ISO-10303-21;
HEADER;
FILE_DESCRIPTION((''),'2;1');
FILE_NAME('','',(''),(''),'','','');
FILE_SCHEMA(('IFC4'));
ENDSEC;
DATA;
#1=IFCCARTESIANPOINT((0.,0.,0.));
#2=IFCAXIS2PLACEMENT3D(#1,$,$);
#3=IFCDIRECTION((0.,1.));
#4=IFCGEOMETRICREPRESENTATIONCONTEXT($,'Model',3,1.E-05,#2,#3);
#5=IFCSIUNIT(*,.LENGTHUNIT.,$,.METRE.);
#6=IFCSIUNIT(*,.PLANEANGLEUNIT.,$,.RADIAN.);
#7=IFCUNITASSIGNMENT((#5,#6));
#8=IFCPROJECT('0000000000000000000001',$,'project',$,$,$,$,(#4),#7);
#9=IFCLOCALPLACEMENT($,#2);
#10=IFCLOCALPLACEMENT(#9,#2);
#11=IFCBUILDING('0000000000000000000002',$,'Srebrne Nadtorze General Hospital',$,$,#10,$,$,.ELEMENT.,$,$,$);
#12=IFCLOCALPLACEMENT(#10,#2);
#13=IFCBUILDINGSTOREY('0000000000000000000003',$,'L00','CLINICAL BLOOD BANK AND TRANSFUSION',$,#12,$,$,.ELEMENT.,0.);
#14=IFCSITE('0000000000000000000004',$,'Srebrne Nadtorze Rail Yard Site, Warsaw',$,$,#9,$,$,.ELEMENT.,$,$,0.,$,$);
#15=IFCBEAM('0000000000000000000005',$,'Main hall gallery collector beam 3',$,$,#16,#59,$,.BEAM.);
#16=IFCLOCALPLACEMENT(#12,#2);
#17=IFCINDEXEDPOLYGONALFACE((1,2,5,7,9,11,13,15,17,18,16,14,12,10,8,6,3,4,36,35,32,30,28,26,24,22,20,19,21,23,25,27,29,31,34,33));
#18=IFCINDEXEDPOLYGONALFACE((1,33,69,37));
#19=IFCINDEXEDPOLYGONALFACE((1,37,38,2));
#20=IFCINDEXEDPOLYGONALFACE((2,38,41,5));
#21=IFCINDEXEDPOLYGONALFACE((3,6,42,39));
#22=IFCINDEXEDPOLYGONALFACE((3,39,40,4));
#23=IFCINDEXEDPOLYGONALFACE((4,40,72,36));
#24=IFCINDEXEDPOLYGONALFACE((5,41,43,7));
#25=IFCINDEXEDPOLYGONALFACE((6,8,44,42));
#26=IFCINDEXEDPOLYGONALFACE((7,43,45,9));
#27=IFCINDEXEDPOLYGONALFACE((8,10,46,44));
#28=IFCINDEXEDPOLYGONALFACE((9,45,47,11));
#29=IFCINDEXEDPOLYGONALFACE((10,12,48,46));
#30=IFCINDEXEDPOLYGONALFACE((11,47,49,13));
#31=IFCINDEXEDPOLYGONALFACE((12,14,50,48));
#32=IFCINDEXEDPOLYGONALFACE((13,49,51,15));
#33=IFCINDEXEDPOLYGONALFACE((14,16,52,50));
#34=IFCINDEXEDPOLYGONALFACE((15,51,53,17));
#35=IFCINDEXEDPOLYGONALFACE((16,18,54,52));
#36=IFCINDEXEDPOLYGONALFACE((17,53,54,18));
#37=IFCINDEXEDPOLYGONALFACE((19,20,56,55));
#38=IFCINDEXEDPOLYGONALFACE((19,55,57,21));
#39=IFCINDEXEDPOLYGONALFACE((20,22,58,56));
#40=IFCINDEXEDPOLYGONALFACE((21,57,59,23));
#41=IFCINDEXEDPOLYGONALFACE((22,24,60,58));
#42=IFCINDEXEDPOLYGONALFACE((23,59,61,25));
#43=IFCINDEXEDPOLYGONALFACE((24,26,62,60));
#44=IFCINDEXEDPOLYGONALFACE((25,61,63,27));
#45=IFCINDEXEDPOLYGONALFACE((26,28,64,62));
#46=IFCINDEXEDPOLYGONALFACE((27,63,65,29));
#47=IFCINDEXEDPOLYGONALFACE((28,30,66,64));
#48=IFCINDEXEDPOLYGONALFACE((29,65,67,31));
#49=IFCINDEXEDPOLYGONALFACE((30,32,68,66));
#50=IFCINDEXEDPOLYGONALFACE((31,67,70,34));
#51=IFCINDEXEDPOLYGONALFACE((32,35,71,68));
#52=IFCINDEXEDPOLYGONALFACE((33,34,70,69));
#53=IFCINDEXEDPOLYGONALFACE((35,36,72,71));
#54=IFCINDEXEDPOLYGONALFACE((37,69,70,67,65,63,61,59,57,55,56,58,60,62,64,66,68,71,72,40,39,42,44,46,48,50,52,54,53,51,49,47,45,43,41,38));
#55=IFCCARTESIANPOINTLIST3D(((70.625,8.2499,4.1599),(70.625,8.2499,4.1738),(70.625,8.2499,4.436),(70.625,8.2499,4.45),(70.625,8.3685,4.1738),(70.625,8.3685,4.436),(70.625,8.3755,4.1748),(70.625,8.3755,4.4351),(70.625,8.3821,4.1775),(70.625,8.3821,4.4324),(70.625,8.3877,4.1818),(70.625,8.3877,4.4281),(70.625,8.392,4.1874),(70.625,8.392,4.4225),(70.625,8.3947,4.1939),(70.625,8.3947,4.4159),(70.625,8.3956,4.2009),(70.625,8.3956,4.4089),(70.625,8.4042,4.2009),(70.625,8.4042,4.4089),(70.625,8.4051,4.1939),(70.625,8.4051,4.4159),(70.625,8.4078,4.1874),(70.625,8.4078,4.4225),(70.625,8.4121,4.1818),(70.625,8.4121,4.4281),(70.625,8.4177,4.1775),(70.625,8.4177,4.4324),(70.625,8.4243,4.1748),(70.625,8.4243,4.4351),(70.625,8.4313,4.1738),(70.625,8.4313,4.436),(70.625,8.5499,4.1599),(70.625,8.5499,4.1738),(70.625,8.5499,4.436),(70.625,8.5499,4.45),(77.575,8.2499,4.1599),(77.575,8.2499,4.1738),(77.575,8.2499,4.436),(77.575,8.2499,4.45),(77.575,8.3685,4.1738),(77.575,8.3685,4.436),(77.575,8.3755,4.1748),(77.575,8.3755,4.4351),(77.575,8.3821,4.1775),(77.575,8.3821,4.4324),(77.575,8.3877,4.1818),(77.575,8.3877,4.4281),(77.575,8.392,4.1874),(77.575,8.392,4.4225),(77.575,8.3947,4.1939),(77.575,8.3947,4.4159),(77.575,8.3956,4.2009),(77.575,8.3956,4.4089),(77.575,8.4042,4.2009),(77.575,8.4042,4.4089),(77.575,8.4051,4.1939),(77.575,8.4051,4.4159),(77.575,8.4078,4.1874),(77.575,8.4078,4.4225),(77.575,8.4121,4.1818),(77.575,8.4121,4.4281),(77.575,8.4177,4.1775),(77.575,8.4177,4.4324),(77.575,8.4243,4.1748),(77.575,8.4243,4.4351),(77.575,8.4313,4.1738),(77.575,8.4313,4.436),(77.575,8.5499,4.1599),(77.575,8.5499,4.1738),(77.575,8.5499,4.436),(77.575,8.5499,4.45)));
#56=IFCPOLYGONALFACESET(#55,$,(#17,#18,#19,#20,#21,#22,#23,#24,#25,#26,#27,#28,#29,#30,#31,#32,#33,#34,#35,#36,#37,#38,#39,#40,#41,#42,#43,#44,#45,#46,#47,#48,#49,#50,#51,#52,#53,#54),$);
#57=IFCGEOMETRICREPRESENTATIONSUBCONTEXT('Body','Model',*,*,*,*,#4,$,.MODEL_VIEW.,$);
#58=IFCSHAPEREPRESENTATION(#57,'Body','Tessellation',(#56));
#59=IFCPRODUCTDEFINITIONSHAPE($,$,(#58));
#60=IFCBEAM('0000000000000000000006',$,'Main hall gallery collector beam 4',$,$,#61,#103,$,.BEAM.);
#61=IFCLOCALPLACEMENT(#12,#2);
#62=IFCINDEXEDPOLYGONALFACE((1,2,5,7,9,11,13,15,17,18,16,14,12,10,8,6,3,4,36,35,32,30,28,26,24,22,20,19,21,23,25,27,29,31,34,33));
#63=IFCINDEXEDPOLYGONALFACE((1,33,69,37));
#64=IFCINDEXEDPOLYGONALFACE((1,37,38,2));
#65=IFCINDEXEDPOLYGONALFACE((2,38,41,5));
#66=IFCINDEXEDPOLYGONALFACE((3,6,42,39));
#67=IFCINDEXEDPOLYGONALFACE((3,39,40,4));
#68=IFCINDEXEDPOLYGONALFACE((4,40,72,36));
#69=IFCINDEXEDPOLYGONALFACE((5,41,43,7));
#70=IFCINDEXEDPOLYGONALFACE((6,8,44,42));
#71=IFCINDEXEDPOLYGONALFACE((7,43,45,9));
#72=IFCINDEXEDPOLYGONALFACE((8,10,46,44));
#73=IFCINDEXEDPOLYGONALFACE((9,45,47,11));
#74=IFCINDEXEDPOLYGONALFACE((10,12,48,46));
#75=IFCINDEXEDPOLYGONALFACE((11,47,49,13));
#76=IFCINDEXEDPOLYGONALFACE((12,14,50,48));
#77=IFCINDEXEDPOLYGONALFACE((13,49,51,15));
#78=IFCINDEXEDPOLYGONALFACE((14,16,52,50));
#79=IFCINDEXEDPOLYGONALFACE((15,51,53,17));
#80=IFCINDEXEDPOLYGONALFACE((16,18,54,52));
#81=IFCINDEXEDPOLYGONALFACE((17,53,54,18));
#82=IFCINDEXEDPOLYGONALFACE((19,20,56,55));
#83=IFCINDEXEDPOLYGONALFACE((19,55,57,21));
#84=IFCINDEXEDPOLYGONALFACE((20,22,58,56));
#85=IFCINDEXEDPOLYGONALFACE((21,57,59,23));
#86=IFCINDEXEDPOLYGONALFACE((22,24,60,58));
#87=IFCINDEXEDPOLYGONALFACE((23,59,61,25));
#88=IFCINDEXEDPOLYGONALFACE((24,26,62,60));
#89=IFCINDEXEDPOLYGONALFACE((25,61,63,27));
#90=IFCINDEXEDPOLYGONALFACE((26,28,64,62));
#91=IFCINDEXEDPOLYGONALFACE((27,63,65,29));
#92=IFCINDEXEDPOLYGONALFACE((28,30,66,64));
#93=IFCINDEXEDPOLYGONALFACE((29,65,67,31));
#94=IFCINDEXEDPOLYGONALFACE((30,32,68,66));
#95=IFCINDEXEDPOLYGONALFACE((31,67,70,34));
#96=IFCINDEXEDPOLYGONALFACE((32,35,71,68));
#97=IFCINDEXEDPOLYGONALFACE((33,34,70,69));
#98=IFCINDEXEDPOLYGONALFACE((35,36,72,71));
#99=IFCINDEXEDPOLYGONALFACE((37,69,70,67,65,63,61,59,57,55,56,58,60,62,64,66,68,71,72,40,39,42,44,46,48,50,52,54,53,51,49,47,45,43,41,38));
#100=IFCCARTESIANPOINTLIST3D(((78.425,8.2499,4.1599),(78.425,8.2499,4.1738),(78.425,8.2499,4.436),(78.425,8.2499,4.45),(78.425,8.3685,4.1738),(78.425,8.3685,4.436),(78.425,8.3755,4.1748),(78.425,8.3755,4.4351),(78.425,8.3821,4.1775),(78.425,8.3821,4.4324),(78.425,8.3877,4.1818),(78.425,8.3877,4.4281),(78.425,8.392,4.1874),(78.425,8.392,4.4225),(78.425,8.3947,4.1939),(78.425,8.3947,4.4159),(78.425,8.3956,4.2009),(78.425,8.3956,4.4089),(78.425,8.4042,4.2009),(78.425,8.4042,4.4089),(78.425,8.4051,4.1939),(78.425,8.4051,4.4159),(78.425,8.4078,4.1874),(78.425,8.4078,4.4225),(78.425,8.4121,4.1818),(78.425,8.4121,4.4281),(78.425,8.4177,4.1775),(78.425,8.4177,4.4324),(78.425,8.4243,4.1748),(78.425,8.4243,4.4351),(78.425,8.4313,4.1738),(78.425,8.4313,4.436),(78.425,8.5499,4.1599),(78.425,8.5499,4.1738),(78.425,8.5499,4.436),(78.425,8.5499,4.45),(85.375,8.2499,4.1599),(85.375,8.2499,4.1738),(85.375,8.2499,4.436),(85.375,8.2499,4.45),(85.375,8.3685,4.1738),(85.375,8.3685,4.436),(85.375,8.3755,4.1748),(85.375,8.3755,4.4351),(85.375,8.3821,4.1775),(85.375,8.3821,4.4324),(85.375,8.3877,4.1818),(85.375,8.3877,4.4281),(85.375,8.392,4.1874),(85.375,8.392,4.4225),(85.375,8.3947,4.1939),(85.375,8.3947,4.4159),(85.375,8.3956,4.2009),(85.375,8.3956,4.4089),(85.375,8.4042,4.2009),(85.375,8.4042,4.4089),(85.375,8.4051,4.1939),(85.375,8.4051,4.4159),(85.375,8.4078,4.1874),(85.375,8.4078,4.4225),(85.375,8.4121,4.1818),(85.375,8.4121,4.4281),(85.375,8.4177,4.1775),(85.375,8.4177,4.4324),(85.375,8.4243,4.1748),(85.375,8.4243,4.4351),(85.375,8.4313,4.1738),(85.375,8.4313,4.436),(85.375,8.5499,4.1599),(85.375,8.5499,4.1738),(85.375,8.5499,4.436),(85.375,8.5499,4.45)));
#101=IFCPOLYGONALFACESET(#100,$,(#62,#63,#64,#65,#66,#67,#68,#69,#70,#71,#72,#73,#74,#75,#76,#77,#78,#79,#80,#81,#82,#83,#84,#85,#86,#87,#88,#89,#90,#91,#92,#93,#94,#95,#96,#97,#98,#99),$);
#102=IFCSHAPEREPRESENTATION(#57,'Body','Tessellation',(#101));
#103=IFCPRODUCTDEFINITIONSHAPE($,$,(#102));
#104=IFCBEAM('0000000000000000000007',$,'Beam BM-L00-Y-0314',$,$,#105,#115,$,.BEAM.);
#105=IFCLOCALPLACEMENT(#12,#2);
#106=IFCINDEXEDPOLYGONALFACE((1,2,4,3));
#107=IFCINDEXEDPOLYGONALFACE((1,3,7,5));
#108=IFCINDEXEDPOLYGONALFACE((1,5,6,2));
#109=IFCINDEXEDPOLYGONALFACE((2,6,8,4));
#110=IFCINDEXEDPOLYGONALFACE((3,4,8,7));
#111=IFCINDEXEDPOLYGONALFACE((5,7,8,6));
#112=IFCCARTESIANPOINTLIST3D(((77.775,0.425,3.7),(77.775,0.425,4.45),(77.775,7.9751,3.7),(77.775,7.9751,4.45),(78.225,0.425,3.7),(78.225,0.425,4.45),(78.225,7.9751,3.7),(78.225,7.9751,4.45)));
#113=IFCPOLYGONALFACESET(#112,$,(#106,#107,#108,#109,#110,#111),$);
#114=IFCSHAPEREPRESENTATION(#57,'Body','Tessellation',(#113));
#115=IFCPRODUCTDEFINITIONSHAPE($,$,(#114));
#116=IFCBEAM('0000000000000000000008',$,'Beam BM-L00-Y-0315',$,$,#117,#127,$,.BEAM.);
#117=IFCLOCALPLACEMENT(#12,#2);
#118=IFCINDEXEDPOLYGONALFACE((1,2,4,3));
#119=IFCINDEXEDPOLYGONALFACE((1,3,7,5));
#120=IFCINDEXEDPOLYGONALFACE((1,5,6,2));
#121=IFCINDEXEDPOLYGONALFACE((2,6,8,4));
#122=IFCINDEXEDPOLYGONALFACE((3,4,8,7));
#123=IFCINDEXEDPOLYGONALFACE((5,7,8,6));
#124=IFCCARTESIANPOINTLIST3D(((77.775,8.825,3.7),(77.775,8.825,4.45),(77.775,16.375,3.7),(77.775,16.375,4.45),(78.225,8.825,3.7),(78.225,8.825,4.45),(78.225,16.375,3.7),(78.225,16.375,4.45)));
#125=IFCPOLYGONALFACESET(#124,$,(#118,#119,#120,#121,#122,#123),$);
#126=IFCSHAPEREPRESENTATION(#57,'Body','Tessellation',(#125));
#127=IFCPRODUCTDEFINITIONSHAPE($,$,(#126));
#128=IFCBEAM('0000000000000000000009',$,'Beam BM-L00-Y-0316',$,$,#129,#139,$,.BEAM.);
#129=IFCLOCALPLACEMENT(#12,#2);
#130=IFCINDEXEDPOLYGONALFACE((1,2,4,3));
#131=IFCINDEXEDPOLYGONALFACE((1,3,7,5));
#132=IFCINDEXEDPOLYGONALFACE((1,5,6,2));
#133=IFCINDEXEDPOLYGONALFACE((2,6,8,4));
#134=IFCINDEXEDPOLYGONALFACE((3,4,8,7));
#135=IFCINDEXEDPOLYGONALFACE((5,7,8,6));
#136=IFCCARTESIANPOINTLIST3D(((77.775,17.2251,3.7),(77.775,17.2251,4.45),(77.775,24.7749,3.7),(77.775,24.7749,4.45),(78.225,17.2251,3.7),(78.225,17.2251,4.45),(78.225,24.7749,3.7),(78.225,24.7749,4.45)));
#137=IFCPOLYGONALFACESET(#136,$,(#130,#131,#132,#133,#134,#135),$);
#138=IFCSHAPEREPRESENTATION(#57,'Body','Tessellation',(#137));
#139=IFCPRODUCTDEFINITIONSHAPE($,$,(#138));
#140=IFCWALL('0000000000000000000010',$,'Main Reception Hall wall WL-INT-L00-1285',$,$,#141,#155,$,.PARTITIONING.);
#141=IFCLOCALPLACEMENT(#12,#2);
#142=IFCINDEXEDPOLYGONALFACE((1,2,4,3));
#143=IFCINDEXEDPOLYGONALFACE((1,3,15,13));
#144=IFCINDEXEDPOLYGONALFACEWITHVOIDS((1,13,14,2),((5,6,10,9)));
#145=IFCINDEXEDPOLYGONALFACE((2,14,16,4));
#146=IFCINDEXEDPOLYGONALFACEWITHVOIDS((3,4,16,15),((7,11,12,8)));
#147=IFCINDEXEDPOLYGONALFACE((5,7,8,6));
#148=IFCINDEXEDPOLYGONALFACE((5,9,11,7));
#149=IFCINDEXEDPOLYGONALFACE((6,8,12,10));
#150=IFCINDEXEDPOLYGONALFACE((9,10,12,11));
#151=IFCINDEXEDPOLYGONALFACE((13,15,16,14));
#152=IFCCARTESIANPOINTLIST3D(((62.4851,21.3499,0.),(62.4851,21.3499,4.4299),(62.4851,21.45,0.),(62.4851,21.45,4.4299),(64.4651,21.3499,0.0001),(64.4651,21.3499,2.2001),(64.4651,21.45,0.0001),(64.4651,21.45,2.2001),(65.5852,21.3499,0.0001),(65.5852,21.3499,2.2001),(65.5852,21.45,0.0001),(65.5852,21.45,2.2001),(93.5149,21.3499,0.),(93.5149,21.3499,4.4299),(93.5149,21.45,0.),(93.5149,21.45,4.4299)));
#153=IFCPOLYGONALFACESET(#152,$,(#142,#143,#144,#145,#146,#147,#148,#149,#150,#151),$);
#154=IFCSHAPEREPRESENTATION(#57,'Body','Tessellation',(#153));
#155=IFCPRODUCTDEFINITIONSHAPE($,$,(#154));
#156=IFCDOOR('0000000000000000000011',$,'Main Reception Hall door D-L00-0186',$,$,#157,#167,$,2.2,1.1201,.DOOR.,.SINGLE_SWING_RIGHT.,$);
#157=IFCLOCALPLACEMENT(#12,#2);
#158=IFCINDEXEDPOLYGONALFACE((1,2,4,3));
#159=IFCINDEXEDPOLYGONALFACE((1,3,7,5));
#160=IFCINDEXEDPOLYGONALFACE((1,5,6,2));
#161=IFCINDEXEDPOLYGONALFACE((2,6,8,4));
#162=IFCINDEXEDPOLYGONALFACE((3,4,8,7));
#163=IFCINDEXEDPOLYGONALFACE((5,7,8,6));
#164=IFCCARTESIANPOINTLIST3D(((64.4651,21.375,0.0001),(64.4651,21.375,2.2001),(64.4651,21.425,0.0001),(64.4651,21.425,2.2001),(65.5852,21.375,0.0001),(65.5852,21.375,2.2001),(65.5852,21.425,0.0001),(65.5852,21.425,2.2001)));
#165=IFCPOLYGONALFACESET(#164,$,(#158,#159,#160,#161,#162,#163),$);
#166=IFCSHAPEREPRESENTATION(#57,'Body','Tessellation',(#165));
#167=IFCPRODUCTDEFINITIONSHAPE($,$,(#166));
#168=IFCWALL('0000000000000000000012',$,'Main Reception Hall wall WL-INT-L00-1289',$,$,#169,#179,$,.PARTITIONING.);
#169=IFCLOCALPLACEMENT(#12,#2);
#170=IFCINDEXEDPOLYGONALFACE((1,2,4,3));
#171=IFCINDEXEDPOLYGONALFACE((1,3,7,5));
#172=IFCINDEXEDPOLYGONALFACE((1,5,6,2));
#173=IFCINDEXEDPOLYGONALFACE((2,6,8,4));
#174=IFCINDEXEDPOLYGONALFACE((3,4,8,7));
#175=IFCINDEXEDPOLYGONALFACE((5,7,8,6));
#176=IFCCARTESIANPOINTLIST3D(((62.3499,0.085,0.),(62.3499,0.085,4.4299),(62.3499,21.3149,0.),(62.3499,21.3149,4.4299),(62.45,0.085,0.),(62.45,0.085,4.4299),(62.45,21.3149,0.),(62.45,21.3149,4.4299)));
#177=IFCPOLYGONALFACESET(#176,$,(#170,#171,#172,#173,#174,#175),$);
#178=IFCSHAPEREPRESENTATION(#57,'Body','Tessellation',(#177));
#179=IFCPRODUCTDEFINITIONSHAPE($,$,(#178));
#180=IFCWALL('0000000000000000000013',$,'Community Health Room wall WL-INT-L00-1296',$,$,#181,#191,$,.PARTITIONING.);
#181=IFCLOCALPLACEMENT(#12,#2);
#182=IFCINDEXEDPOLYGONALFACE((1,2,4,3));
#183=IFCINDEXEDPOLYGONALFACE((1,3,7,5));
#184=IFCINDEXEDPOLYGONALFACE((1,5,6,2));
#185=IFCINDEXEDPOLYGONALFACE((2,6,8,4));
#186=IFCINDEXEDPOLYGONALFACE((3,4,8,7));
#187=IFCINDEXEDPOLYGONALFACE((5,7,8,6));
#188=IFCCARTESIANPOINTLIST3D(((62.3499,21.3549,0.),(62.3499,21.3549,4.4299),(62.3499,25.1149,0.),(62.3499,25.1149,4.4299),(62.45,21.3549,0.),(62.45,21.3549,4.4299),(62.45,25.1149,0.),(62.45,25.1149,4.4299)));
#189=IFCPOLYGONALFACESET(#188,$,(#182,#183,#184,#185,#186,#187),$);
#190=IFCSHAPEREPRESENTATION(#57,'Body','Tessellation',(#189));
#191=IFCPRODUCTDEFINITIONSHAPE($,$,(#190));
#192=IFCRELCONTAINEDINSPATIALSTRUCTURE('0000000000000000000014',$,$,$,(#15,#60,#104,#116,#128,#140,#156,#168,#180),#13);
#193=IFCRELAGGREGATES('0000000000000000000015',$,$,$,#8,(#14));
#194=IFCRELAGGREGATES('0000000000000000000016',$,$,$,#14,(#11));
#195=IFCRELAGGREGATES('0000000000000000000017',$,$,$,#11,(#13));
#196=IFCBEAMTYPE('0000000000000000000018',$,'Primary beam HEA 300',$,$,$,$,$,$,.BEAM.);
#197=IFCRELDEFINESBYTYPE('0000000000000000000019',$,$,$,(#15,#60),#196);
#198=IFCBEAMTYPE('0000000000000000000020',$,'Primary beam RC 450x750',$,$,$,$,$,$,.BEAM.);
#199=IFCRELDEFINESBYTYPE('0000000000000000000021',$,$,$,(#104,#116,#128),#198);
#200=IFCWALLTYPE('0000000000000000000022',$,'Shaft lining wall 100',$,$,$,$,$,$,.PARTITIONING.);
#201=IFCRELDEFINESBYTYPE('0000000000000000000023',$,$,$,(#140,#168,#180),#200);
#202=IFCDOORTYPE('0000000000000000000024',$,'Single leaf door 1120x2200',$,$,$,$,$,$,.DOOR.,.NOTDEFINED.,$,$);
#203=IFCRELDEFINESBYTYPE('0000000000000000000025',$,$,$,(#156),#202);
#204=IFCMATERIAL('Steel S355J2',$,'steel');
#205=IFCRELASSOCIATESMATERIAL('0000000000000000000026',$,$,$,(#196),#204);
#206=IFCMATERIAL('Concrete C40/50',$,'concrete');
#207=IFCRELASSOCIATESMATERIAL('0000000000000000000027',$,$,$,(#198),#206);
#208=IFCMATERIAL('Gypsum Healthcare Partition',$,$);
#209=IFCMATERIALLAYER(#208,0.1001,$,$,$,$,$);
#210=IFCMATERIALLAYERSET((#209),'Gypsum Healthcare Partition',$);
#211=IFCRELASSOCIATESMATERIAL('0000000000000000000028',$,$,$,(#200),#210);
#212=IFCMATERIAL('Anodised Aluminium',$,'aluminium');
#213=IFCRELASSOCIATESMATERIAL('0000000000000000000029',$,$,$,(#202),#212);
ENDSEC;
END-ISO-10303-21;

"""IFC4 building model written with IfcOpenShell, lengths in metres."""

from ifc_helpers import new_model, si_unit, direction, frame, frame_2d, origin, origin_2d, place, context, subcontext, project, spatial, rectangle, i_section, extrude, material, layer, layer_set, material_profile, profile_set, type_object, element, fill, save


model = new_model("IFC4")

# Units and contexts
model_context = context("Model", 3, precision=1e-05, world=origin(), true_north=direction((0.0, 1.0)))
body_context = subcontext(model_context, "Body", "Model", "MODEL_VIEW")
ifc_project = project(units=[si_unit("LENGTHUNIT", "METRE"), si_unit("PLANEANGLEUNIT", "RADIAN")], contexts=[model_context])

# Site, building, storey
site_placement = place(None, origin())
site = spatial("IfcSite", under=ifc_project, at=site_placement, Name="Srebrne Nadtorze Rail Yard Site, Warsaw", CompositionType="ELEMENT", RefElevation=0.0)
building_placement = place(site_placement, origin())
building = spatial("IfcBuilding", under=site, at=building_placement, Name="Srebrne Nadtorze General Hospital", CompositionType="ELEMENT")
storey_placement = place(building_placement, origin())
storey = spatial("IfcBuildingStorey", under=building, at=storey_placement, Name="L00", Description="CLINICAL BLOOD BANK AND TRANSFUSION", CompositionType="ELEMENT", Elevation=0.0)

# Beams
ifc_material_1 = material(Name="Steel S355J2", Category="steel")
ifc_material_profile_1 = material_profile(ifc_material_1, i_section(OverallWidth=0.3, OverallDepth=0.29, WebThickness=0.0085, FlangeThickness=0.0139, FilletRadius=0.0271, at=origin_2d()), Name="HEA-300")
ifc_profile_set_1 = profile_set([ifc_material_profile_1], Name="Steel S355J2")
beam_type_1 = type_object("IfcBeamType", Name="Primary beam HEA 300", PredefinedType="BEAM", material=ifc_profile_set_1)
for number, where, z_axis, x_axis, name in (
    (1, (70.625, 8.3999, 4.3049), (1.0, 0.0, 0.0), (0.0, 1.0, 0.0), "Main hall gallery collector beam 3"),
    (2, (78.425, 8.3999, 4.3049), (1.0, 0.0, 0.0), (0.0, 1.0, 0.0), "Main hall gallery collector beam 4"),
):
    element("IfcBeam", number, at=place(storey_placement, frame(where, z_axis=z_axis, x_axis=x_axis)), inside=storey, type_object=beam_type_1, Name=name, PredefinedType="BEAM", context=body_context, shape_type="SweptSolid", body=[
        extrude(i_section(OverallWidth=0.3, OverallDepth=0.29, WebThickness=0.0085, FlangeThickness=0.0139, FilletRadius=0.0271, at=origin_2d()), origin(), (0.0, 0.0, 1.0), 6.95),
    ])
ifc_material_2 = material(Name="Concrete C40/50", Category="concrete")
ifc_material_profile_2 = material_profile(ifc_material_2, rectangle(XDim=0.45, YDim=0.75, at=origin_2d()), Name="RC-BM-450x750")
ifc_profile_set_2 = profile_set([ifc_material_profile_2], Name="Concrete C40/50")
beam_type_2 = type_object("IfcBeamType", Name="Primary beam RC 450x750", PredefinedType="BEAM", material=ifc_profile_set_2)
for number, where, z_axis, x_axis, name in (
    (3, (78.0, 0.425, 4.075), (0.0, 1.0, 0.0), (-1.0, 0.0, 0.0), "Beam BM-L00-Y-0314"),
    (4, (78.0, 8.825, 4.075), (0.0, 1.0, 0.0), (-1.0, 0.0, 0.0), "Beam BM-L00-Y-0315"),
):
    element("IfcBeam", number, at=place(storey_placement, frame(where, z_axis=z_axis, x_axis=x_axis)), inside=storey, type_object=beam_type_2, Name=name, PredefinedType="BEAM", context=body_context, shape_type="SweptSolid", body=[
        extrude(rectangle(XDim=0.45, YDim=0.75, at=origin_2d()), origin(), (0.0, 0.0, 1.0), 7.55),
    ])
beam_placement = place(storey_placement, frame((78.0, 17.2251, 4.075), z_axis=(0.0, 1.0, 0.0), x_axis=(-1.0, 0.0, 0.0)))
element("IfcBeam", 5, at=beam_placement, inside=storey, type_object=beam_type_2, Name="Beam BM-L00-Y-0316", PredefinedType="BEAM", context=body_context, shape_type="SweptSolid", body=[
    extrude(rectangle(XDim=0.45, YDim=0.75, at=origin_2d()), origin(), (0.0, 0.0, 1.0), 7.5498),
])

# Wall, opening, door
ifc_material_3 = material(Name="Gypsum Healthcare Partition")
ifc_layer = layer(ifc_material_3, 0.1001)
ifc_layer_set = layer_set([ifc_layer], Name="Gypsum Healthcare Partition")
wall_type = type_object("IfcWallType", Name="Shaft lining wall 100", PredefinedType="PARTITIONING", material=ifc_layer_set)
wall_1_placement = place(storey_placement, frame((62.4851, 21.3999, 0.0), z_axis=(0.0, 0.0, 1.0), x_axis=(1.0, 0.0, 0.0)))
wall_1 = element("IfcWall", 6, at=wall_1_placement, inside=storey, type_object=wall_type, Name="Main Reception Hall wall WL-INT-L00-1285", PredefinedType="PARTITIONING", context=body_context, shape_type="SweptSolid", body=[
    extrude(rectangle(XDim=31.0298, YDim=0.1001, at=frame_2d((15.5149, 0.0))), origin(), (0.0, 0.0, 1.0), 4.4299),
])
opening_placement = place(wall_1_placement, frame((1.98, 0.0, 0.0)))
opening = element("IfcOpeningElement", 7, at=opening_placement, cuts=wall_1, PredefinedType="OPENING", context=body_context, shape_type="SweptSolid", body=[
    extrude(rectangle(XDim=1.1201, YDim=2.2, at=frame_2d((0.5601, 1.1001))), frame((0.0, 0.062, 0.0), z_axis=(0.0, -1.0, 0.0), x_axis=(1.0, 0.0, 0.0)), (0.0, 0.0, 1.0), 0.124),
])
ifc_material_4 = material(Name="Anodised Aluminium", Category="aluminium")
door_type = type_object("IfcDoorType", Name="Single leaf door 1120x2200", OperationType="NOTDEFINED", PredefinedType="DOOR", material=ifc_material_4)
door_placement = place(opening_placement, frame((1.1201, 0.0, 0.0), z_axis=(0.0, 0.0, 1.0), x_axis=(-1.0, 0.0, 0.0)))
door = element("IfcDoor", 8, at=door_placement, inside=storey, type_object=door_type, Name="Main Reception Hall door D-L00-0186", OperationType="SINGLE_SWING_RIGHT", OverallHeight=2.2, OverallWidth=1.1201, PredefinedType="DOOR", context=body_context, shape_type="SweptSolid", body=[
    extrude(rectangle(XDim=1.1201, YDim=2.2, at=frame_2d((0.5601, 1.1001))), frame((0.0, 0.0249, 0.0), z_axis=(0.0, -1.0, 0.0), x_axis=(1.0, 0.0, 0.0)), (0.0, 0.0, 1.0), 0.05),
])
fill(opening, door)

# Walls
wall_2_placement = place(storey_placement, frame((62.3999, 0.085, 0.0), z_axis=(0.0, 0.0, 1.0), x_axis=(0.0, 1.0, 0.0)))
element("IfcWall", 9, at=wall_2_placement, inside=storey, type_object=wall_type, Name="Main Reception Hall wall WL-INT-L00-1289", PredefinedType="PARTITIONING", context=body_context, shape_type="SweptSolid", body=[
    extrude(rectangle(XDim=21.23, YDim=0.1001, at=frame_2d((10.615, 0.0))), origin(), (0.0, 0.0, 1.0), 4.4299),
])
wall_3_placement = place(storey_placement, frame((62.3999, 21.355, 0.0), z_axis=(0.0, 0.0, 1.0), x_axis=(0.0, 1.0, 0.0)))
element("IfcWall", 10, at=wall_3_placement, inside=storey, type_object=wall_type, Name="Community Health Room wall WL-INT-L00-1296", PredefinedType="PARTITIONING", context=body_context, shape_type="SweptSolid", body=[
    extrude(rectangle(XDim=3.76, YDim=0.1001, at=frame_2d((1.8799, 0.0))), origin(), (0.0, 0.0, 1.0), 4.4299),
])

save(model, "model.ifc")
